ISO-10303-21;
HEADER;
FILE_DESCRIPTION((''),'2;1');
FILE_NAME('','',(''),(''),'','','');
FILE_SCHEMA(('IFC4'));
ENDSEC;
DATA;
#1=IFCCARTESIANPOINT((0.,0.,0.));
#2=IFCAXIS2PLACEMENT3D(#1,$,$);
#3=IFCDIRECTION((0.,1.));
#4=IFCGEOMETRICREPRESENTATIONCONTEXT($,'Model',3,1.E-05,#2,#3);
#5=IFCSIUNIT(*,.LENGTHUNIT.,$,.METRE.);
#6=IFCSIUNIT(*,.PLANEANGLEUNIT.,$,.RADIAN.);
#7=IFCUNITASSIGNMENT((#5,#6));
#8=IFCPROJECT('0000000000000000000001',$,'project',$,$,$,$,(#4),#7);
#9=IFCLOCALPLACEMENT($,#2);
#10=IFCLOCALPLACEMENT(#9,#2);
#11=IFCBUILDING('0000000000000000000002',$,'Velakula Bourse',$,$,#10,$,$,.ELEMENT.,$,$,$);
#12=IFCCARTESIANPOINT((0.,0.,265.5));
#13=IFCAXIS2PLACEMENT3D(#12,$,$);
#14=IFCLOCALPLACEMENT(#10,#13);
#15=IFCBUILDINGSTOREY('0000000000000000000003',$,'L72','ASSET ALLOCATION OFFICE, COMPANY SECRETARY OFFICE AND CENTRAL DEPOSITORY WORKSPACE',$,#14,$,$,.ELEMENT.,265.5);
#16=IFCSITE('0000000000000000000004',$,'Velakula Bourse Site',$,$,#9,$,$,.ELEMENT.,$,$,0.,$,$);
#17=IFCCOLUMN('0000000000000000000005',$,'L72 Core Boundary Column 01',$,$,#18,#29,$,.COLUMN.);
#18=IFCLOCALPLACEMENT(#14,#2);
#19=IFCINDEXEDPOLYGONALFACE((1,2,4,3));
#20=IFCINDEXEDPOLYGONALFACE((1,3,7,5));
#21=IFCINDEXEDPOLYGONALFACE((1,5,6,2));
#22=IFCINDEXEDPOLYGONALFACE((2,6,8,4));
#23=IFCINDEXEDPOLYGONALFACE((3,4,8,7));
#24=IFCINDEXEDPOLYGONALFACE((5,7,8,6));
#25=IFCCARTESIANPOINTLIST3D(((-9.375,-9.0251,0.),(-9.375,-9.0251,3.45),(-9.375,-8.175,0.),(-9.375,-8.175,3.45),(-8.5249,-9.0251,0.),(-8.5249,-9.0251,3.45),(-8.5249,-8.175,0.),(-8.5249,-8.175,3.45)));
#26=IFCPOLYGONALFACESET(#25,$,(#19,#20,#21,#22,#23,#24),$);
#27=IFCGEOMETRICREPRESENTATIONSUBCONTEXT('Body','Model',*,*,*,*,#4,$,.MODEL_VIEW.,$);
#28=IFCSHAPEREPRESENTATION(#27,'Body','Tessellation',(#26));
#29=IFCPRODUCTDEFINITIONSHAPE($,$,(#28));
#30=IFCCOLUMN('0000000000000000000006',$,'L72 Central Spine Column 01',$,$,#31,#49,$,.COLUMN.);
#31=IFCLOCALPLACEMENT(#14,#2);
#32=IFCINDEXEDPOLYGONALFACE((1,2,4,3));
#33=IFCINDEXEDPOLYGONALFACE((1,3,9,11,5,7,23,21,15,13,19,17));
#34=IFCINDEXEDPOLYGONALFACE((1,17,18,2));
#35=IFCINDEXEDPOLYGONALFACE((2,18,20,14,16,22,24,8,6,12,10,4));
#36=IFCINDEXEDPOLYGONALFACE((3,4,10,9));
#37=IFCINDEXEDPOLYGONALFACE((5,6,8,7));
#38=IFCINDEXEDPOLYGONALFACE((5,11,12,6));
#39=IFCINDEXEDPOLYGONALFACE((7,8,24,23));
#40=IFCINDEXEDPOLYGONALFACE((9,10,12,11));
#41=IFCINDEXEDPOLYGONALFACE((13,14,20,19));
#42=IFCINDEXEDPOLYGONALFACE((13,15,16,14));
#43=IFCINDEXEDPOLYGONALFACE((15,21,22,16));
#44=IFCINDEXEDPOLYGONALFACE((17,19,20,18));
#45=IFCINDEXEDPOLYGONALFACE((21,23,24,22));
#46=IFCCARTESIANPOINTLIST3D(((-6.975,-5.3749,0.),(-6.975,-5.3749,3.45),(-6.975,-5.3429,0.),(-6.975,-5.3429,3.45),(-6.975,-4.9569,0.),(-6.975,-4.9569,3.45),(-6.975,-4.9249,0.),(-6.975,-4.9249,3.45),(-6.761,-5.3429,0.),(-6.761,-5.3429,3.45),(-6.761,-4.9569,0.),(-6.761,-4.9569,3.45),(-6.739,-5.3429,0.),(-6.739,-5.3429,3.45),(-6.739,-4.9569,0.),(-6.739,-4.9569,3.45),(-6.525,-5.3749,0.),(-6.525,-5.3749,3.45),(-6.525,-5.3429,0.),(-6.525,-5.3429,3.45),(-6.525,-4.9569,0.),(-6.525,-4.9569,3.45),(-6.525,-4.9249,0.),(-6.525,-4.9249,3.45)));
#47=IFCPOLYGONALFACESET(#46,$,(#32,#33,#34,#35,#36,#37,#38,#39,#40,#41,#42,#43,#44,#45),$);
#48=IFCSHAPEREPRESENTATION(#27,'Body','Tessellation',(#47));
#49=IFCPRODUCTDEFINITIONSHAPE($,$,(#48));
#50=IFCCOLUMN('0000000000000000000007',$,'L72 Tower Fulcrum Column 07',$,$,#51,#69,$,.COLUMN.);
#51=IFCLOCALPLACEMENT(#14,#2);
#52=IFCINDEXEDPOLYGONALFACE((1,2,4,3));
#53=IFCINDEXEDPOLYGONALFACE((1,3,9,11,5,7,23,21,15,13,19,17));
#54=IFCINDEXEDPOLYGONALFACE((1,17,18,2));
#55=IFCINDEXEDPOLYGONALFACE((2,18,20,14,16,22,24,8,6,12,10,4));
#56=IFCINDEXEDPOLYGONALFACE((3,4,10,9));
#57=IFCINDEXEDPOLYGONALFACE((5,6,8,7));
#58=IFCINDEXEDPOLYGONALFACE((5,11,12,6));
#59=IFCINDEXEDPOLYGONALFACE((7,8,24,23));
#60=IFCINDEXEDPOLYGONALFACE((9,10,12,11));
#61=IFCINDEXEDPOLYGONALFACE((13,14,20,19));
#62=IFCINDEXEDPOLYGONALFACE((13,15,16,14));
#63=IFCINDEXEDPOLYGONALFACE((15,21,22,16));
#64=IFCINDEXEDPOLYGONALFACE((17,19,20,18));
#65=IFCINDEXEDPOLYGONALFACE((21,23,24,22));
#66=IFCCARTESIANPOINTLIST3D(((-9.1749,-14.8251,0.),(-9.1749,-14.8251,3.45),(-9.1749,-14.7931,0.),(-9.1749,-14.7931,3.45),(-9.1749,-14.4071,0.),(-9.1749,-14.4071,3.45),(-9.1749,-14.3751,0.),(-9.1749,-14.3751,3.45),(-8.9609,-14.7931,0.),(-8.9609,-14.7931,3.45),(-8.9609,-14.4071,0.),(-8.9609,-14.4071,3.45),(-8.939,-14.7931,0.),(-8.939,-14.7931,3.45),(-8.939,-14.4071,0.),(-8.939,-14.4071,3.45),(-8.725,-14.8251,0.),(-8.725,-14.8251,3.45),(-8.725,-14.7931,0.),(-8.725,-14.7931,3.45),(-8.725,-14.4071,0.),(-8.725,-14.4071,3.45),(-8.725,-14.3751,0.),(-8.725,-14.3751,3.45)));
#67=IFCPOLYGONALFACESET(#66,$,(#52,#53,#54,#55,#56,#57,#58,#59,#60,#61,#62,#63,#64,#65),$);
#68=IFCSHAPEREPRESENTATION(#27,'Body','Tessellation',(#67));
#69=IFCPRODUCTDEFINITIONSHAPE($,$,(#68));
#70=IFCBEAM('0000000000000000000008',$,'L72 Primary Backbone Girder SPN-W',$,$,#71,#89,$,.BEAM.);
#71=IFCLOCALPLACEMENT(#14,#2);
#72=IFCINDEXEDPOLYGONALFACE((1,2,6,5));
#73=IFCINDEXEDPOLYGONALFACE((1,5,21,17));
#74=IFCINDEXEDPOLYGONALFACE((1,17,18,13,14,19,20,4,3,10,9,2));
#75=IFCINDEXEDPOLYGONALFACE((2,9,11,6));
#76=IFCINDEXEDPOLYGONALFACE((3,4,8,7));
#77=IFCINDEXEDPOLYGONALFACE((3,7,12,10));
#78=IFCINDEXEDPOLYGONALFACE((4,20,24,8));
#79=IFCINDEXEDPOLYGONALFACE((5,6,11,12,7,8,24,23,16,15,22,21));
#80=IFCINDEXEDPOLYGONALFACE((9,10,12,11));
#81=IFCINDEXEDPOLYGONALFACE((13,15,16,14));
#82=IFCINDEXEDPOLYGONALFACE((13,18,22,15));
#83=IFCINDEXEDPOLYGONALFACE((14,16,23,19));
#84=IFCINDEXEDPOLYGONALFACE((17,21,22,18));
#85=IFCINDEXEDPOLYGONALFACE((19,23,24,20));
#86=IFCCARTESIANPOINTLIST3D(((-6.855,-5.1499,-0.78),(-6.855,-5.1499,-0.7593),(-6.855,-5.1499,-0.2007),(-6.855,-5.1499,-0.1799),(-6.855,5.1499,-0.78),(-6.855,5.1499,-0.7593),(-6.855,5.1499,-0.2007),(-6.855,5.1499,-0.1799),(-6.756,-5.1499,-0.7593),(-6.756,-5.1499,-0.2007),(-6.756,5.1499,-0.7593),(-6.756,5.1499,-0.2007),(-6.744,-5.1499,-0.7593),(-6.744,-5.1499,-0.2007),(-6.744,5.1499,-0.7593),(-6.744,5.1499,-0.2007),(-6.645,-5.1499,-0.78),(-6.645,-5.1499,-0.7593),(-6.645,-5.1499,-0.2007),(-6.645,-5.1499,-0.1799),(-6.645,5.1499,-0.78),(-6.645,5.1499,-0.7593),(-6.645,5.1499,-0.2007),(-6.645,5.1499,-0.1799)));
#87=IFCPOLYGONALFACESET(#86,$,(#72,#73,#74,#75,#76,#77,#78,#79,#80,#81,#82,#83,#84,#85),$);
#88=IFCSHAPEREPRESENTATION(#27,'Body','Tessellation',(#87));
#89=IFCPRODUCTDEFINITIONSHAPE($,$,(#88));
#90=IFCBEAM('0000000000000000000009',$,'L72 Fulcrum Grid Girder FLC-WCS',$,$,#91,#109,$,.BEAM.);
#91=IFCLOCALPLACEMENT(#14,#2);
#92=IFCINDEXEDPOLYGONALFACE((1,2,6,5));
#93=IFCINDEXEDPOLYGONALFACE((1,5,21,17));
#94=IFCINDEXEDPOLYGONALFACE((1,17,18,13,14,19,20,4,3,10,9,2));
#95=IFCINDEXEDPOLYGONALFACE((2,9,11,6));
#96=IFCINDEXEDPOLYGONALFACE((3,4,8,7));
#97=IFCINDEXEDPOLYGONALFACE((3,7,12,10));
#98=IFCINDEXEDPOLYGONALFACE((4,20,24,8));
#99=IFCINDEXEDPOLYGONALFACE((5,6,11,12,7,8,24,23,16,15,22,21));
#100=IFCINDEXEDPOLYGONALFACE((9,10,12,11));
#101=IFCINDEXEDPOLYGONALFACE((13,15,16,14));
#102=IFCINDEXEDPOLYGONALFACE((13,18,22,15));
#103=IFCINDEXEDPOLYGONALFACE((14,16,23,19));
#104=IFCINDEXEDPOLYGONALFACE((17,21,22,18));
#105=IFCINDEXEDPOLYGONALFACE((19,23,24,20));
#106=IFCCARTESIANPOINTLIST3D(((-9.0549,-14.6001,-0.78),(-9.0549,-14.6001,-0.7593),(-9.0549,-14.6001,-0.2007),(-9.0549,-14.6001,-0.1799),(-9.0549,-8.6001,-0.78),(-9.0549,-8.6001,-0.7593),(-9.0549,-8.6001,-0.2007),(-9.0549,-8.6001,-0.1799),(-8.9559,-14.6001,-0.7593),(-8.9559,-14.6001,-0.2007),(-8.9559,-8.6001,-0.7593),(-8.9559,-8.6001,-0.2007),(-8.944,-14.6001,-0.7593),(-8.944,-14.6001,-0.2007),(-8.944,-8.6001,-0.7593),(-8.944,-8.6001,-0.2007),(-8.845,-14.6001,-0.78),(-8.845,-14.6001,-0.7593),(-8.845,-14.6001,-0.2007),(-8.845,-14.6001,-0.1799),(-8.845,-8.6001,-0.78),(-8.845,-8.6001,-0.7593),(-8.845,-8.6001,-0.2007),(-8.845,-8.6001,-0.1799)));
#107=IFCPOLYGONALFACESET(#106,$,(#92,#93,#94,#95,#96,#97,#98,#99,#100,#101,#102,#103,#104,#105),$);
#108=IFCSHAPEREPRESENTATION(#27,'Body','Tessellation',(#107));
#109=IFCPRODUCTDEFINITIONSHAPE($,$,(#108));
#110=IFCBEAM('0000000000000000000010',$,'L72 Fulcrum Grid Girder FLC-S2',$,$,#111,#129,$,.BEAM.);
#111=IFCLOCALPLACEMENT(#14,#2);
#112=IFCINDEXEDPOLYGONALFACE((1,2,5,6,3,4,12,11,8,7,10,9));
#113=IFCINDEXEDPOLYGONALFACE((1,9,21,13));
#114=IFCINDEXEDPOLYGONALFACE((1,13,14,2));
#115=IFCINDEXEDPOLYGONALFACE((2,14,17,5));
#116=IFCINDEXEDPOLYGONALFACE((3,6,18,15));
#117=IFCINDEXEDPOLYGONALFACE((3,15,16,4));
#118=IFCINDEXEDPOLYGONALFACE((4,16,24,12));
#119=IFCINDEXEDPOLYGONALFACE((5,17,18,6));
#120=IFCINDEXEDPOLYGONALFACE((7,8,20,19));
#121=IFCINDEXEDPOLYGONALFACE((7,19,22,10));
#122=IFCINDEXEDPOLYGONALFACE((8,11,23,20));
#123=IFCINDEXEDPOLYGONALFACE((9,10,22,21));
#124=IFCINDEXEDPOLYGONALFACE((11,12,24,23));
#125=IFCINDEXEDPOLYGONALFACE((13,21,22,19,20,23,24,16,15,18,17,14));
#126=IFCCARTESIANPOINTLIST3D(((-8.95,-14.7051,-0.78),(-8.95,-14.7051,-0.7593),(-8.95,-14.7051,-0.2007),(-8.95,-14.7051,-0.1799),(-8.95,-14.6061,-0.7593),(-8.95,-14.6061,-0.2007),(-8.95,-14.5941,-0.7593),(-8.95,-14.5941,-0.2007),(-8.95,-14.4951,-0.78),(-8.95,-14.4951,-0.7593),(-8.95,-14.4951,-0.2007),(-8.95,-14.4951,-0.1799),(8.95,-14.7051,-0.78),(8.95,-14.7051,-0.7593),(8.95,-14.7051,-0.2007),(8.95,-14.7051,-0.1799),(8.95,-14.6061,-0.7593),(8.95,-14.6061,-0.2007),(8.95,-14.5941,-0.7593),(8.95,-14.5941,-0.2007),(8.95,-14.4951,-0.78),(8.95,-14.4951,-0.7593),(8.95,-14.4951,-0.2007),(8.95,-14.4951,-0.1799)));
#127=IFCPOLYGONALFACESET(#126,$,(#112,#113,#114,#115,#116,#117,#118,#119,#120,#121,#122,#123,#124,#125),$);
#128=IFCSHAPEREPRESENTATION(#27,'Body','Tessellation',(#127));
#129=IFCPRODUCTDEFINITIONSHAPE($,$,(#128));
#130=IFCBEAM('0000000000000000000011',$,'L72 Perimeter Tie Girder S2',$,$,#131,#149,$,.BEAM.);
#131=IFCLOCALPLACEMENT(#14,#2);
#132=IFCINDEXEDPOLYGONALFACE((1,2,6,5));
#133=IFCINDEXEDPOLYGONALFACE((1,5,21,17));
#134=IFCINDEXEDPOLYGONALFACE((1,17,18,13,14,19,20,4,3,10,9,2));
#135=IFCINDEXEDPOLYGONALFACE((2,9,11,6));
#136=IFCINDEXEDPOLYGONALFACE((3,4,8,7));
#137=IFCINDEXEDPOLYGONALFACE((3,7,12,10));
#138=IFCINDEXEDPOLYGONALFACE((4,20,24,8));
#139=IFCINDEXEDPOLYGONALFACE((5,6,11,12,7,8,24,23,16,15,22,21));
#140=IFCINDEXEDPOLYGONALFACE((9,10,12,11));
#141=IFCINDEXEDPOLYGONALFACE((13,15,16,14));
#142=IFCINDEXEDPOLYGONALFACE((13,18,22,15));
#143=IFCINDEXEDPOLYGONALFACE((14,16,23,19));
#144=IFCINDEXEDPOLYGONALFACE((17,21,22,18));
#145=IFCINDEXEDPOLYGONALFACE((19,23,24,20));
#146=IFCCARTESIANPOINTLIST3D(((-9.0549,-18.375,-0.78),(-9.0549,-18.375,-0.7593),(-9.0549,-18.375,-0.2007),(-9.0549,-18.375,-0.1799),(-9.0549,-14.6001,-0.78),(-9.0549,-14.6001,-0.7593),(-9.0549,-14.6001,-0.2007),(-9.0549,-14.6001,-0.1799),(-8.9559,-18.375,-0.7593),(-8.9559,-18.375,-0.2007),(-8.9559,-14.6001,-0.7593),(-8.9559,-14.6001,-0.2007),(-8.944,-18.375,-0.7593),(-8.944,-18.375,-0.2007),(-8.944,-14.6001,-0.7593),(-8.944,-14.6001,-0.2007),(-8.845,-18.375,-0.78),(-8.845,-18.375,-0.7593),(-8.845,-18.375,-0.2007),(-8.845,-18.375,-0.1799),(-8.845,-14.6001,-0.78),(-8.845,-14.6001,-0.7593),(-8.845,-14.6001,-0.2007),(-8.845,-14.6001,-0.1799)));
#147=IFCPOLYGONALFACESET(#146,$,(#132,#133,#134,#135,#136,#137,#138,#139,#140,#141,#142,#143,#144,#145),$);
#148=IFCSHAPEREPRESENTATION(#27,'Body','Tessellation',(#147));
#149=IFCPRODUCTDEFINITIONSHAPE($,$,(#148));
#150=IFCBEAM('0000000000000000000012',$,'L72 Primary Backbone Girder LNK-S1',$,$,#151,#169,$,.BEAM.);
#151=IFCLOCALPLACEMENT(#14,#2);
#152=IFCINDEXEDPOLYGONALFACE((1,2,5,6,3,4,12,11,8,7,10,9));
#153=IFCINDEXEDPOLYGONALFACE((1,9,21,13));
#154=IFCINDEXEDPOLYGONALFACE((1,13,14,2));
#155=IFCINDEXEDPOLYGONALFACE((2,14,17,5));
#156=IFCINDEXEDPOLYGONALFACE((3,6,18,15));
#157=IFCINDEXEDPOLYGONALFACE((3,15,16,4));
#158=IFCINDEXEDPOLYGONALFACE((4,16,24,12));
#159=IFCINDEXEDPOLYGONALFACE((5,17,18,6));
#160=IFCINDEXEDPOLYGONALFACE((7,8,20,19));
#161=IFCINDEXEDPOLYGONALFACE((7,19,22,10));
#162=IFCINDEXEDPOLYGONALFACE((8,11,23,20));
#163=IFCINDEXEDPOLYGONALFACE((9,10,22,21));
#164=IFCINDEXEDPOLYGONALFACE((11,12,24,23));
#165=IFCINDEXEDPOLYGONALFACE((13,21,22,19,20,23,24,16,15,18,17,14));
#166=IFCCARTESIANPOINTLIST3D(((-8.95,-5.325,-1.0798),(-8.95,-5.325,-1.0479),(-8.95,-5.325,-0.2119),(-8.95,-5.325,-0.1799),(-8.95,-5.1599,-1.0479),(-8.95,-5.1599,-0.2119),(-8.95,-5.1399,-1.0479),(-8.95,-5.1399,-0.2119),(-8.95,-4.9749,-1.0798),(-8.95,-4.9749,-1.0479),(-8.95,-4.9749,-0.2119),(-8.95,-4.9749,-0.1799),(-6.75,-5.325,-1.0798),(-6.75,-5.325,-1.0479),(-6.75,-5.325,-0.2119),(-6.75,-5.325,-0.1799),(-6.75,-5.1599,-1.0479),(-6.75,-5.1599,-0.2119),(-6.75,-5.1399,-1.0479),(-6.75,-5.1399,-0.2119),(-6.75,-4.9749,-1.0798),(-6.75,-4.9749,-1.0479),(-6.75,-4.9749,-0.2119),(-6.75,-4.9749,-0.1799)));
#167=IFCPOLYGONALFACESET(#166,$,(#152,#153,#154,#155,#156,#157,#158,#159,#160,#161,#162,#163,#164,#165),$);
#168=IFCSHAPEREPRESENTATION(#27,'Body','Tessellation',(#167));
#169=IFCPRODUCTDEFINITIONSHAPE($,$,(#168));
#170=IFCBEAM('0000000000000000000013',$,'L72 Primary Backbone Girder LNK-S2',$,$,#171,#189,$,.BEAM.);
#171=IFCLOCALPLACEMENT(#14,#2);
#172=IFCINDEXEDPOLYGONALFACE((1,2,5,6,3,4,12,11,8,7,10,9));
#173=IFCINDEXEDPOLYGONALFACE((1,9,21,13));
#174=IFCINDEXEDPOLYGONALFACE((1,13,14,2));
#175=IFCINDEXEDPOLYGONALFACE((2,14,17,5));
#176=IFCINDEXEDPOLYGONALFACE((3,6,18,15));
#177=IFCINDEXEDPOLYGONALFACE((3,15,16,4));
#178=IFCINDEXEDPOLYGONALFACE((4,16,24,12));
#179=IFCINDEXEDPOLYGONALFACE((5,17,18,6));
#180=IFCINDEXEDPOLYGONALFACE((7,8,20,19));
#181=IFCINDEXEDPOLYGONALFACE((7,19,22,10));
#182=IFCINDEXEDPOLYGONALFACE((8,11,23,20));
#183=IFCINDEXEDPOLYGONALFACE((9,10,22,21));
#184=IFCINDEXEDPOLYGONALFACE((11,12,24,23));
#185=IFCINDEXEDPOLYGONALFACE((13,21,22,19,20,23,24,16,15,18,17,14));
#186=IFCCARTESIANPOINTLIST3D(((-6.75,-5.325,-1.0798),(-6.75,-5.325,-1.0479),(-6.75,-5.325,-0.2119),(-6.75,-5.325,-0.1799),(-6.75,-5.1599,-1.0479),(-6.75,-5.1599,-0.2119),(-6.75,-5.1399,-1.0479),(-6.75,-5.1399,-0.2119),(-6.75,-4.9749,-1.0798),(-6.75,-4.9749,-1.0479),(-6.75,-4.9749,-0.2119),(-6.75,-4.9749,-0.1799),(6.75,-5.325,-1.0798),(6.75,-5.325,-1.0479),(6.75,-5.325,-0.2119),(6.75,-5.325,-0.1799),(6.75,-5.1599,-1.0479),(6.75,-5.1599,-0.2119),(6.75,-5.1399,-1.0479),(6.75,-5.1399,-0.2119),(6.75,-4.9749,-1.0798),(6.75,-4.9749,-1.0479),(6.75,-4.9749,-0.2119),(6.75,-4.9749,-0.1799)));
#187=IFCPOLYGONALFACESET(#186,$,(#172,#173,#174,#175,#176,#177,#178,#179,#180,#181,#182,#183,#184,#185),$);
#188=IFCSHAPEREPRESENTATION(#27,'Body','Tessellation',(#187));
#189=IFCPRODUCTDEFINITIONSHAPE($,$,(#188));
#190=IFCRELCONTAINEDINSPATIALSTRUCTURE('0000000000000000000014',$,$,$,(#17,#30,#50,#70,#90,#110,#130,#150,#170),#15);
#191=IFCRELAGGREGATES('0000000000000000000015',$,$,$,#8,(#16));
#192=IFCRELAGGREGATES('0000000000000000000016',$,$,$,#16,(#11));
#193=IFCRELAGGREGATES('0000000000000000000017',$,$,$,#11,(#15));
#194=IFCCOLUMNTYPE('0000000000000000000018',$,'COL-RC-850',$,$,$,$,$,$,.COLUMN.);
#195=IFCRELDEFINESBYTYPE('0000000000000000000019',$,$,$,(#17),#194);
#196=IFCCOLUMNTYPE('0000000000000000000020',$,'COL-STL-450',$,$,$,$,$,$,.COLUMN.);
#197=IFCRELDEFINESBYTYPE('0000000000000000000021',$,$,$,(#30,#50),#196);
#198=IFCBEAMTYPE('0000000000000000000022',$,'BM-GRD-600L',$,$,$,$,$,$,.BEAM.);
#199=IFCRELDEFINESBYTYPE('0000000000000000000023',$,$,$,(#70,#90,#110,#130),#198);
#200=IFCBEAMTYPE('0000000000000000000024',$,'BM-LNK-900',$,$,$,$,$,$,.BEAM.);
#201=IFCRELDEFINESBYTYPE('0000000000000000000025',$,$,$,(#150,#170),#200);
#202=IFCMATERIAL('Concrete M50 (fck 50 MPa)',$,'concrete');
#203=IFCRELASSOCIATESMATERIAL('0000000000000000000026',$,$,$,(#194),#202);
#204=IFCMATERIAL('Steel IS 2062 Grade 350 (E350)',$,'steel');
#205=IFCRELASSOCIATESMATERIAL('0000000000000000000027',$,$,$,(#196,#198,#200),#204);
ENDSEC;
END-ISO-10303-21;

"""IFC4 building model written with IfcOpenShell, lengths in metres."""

from ifc_helpers import new_model, si_unit, direction, frame, origin, origin_2d, place, context, subcontext, project, spatial, rectangle, i_section, extrude, material, material_profile, profile_set, type_object, element, save


model = new_model("IFC4")

# Units and contexts
model_context = context("Model", 3, precision=1e-05, world=origin(), true_north=direction((0.0, 1.0)))
body_context = subcontext(model_context, "Body", "Model", "MODEL_VIEW")
ifc_project = project(units=[si_unit("LENGTHUNIT", "METRE"), si_unit("PLANEANGLEUNIT", "RADIAN")], contexts=[model_context])

# Site, building, storey
site_placement = place(None, origin())
site = spatial("IfcSite", under=ifc_project, at=site_placement, Name="Velakula Bourse Site", CompositionType="ELEMENT", RefElevation=0.0)
building_placement = place(site_placement, origin())
building = spatial("IfcBuilding", under=site, at=building_placement, Name="Velakula Bourse", CompositionType="ELEMENT")
storey_placement = place(building_placement, frame((0.0, 0.0, 265.5)))
storey = spatial("IfcBuildingStorey", under=building, at=storey_placement, Name="L72", Description="ASSET ALLOCATION OFFICE, COMPANY SECRETARY OFFICE AND CENTRAL DEPOSITORY WORKSPACE", CompositionType="ELEMENT", Elevation=265.5)

# Columns
ifc_material_1 = material(Name="Concrete M50 (fck 50 MPa)", Category="concrete")
ifc_material_profile_1 = material_profile(ifc_material_1, rectangle(XDim=0.8501, YDim=0.8501, at=origin_2d()), Name="Concrete M50 (fck 50 MPa)")
ifc_profile_set_1 = profile_set([ifc_material_profile_1], Name="Concrete M50 (fck 50 MPa)")
column_type_1 = type_object("IfcColumnType", Name="COL-RC-850", PredefinedType="COLUMN", material=ifc_profile_set_1)
column_placement = place(storey_placement, frame((-8.95, -8.6001, 0.0), z_axis=(0.0, 0.0, 1.0), x_axis=(1.0, 0.0, 0.0)))
element("IfcColumn", 1, at=column_placement, inside=storey, type_object=column_type_1, Name="L72 Core Boundary Column 01", PredefinedType="COLUMN", context=body_context, shape_type="SweptSolid", body=[
    extrude(rectangle(XDim=0.8501, YDim=0.8501, at=origin_2d()), origin(), (0.0, 0.0, 1.0), 3.45),
])
ifc_material_2 = material(Name="Steel IS 2062 Grade 350 (E350)", Category="steel")
ifc_material_profile_2 = material_profile(ifc_material_2, i_section(OverallWidth=0.45, OverallDepth=0.45, WebThickness=0.022, FlangeThickness=0.032, at=origin_2d()), Name="Steel IS 2062 Grade 350 (E350)")
ifc_profile_set_2 = profile_set([ifc_material_profile_2], Name="Steel IS 2062 Grade 350 (E350)")
column_type_2 = type_object("IfcColumnType", Name="COL-STL-450", PredefinedType="COLUMN", material=ifc_profile_set_2)
for number, where, z_axis, x_axis, name in (
    (2, (-6.75, -5.1499, 0.0), (0.0, 0.0, 1.0), (1.0, 0.0, 0.0), "L72 Central Spine Column 01"),
    (3, (-8.95, -14.6001, 0.0), (0.0, 0.0, 1.0), (1.0, 0.0, 0.0), "L72 Tower Fulcrum Column 07"),
):
    element("IfcColumn", number, at=place(storey_placement, frame(where, z_axis=z_axis, x_axis=x_axis)), inside=storey, type_object=column_type_2, Name=name, PredefinedType="COLUMN", context=body_context, shape_type="SweptSolid", body=[
        extrude(i_section(OverallWidth=0.45, OverallDepth=0.45, WebThickness=0.022, FlangeThickness=0.032, at=origin_2d()), origin(), (0.0, 0.0, 1.0), 3.45),
    ])

# Beams
ifc_material_profile_3 = material_profile(ifc_material_2, i_section(OverallWidth=0.21, OverallDepth=0.6001, WebThickness=0.012, FlangeThickness=0.0208, at=origin_2d()), Name="Steel IS 2062 Grade 350 (E350)")
ifc_profile_set_3 = profile_set([ifc_material_profile_3], Name="Steel IS 2062 Grade 350 (E350)")
beam_type_1 = type_object("IfcBeamType", Name="BM-GRD-600L", PredefinedType="BEAM", material=ifc_profile_set_3)
beam_1_placement = place(storey_placement, frame((-6.75, -5.1499, -0.48), z_axis=(0.0, 1.0, 0.0), x_axis=(-1.0, 0.0, 0.0)))
element("IfcBeam", 4, at=beam_1_placement, inside=storey, type_object=beam_type_1, Name="L72 Primary Backbone Girder SPN-W", PredefinedType="BEAM", context=body_context, shape_type="SweptSolid", body=[
    extrude(i_section(OverallWidth=0.21, OverallDepth=0.6001, WebThickness=0.012, FlangeThickness=0.0208, at=origin_2d()), origin(), (0.0, 0.0, 1.0), 10.2998),
])
beam_2_placement = place(storey_placement, frame((-8.95, -14.6001, -0.48), z_axis=(0.0, 1.0, 0.0), x_axis=(-1.0, 0.0, 0.0)))
element("IfcBeam", 5, at=beam_2_placement, inside=storey, type_object=beam_type_1, Name="L72 Fulcrum Grid Girder FLC-WCS", PredefinedType="BEAM", context=body_context, shape_type="SweptSolid", body=[
    extrude(i_section(OverallWidth=0.21, OverallDepth=0.6001, WebThickness=0.012, FlangeThickness=0.0208, at=origin_2d()), origin(), (0.0, 0.0, 1.0), 6.0),
])
beam_3_placement = place(storey_placement, frame((-8.95, -14.6001, -0.48), z_axis=(1.0, 0.0, 0.0), x_axis=(0.0, 1.0, 0.0)))
element("IfcBeam", 6, at=beam_3_placement, inside=storey, type_object=beam_type_1, Name="L72 Fulcrum Grid Girder FLC-S2", PredefinedType="BEAM", context=body_context, shape_type="SweptSolid", body=[
    extrude(i_section(OverallWidth=0.21, OverallDepth=0.6001, WebThickness=0.012, FlangeThickness=0.0208, at=origin_2d()), origin(), (0.0, 0.0, 1.0), 17.8999),
])
beam_4_placement = place(storey_placement, frame((-8.95, -14.6001, -0.48), z_axis=(0.0, -1.0, 0.0), x_axis=(1.0, 0.0, 0.0)))
element("IfcBeam", 7, at=beam_4_placement, inside=storey, type_object=beam_type_1, Name="L72 Perimeter Tie Girder S2", PredefinedType="BEAM", context=body_context, shape_type="SweptSolid", body=[
    extrude(i_section(OverallWidth=0.21, OverallDepth=0.6001, WebThickness=0.012, FlangeThickness=0.0208, at=origin_2d()), origin(), (0.0, 0.0, 1.0), 3.7749),
])
ifc_material_profile_4 = material_profile(ifc_material_2, i_section(OverallWidth=0.3501, OverallDepth=0.8999, WebThickness=0.02, FlangeThickness=0.032, at=origin_2d()), Name="Steel IS 2062 Grade 350 (E350)")
ifc_profile_set_4 = profile_set([ifc_material_profile_4], Name="Steel IS 2062 Grade 350 (E350)")
beam_type_2 = type_object("IfcBeamType", Name="BM-LNK-900", PredefinedType="BEAM", material=ifc_profile_set_4)
beam_5_placement = place(storey_placement, frame((-8.95, -5.1499, -0.6299), z_axis=(1.0, 0.0, 0.0), x_axis=(0.0, 1.0, 0.0)))
element("IfcBeam", 8, at=beam_5_placement, inside=storey, type_object=beam_type_2, Name="L72 Primary Backbone Girder LNK-S1", PredefinedType="BEAM", context=body_context, shape_type="SweptSolid", body=[
    extrude(i_section(OverallWidth=0.3501, OverallDepth=0.8999, WebThickness=0.02, FlangeThickness=0.032, at=origin_2d()), origin(), (0.0, 0.0, 1.0), 2.2),
])
beam_6_placement = place(storey_placement, frame((-6.75, -5.1499, -0.6299), z_axis=(1.0, 0.0, 0.0), x_axis=(0.0, 1.0, 0.0)))
element("IfcBeam", 9, at=beam_6_placement, inside=storey, type_object=beam_type_2, Name="L72 Primary Backbone Girder LNK-S2", PredefinedType="BEAM", context=body_context, shape_type="SweptSolid", body=[
    extrude(i_section(OverallWidth=0.3501, OverallDepth=0.8999, WebThickness=0.02, FlangeThickness=0.032, at=origin_2d()), origin(), (0.0, 0.0, 1.0), 13.5),
])

save(model, "model.ifc")
